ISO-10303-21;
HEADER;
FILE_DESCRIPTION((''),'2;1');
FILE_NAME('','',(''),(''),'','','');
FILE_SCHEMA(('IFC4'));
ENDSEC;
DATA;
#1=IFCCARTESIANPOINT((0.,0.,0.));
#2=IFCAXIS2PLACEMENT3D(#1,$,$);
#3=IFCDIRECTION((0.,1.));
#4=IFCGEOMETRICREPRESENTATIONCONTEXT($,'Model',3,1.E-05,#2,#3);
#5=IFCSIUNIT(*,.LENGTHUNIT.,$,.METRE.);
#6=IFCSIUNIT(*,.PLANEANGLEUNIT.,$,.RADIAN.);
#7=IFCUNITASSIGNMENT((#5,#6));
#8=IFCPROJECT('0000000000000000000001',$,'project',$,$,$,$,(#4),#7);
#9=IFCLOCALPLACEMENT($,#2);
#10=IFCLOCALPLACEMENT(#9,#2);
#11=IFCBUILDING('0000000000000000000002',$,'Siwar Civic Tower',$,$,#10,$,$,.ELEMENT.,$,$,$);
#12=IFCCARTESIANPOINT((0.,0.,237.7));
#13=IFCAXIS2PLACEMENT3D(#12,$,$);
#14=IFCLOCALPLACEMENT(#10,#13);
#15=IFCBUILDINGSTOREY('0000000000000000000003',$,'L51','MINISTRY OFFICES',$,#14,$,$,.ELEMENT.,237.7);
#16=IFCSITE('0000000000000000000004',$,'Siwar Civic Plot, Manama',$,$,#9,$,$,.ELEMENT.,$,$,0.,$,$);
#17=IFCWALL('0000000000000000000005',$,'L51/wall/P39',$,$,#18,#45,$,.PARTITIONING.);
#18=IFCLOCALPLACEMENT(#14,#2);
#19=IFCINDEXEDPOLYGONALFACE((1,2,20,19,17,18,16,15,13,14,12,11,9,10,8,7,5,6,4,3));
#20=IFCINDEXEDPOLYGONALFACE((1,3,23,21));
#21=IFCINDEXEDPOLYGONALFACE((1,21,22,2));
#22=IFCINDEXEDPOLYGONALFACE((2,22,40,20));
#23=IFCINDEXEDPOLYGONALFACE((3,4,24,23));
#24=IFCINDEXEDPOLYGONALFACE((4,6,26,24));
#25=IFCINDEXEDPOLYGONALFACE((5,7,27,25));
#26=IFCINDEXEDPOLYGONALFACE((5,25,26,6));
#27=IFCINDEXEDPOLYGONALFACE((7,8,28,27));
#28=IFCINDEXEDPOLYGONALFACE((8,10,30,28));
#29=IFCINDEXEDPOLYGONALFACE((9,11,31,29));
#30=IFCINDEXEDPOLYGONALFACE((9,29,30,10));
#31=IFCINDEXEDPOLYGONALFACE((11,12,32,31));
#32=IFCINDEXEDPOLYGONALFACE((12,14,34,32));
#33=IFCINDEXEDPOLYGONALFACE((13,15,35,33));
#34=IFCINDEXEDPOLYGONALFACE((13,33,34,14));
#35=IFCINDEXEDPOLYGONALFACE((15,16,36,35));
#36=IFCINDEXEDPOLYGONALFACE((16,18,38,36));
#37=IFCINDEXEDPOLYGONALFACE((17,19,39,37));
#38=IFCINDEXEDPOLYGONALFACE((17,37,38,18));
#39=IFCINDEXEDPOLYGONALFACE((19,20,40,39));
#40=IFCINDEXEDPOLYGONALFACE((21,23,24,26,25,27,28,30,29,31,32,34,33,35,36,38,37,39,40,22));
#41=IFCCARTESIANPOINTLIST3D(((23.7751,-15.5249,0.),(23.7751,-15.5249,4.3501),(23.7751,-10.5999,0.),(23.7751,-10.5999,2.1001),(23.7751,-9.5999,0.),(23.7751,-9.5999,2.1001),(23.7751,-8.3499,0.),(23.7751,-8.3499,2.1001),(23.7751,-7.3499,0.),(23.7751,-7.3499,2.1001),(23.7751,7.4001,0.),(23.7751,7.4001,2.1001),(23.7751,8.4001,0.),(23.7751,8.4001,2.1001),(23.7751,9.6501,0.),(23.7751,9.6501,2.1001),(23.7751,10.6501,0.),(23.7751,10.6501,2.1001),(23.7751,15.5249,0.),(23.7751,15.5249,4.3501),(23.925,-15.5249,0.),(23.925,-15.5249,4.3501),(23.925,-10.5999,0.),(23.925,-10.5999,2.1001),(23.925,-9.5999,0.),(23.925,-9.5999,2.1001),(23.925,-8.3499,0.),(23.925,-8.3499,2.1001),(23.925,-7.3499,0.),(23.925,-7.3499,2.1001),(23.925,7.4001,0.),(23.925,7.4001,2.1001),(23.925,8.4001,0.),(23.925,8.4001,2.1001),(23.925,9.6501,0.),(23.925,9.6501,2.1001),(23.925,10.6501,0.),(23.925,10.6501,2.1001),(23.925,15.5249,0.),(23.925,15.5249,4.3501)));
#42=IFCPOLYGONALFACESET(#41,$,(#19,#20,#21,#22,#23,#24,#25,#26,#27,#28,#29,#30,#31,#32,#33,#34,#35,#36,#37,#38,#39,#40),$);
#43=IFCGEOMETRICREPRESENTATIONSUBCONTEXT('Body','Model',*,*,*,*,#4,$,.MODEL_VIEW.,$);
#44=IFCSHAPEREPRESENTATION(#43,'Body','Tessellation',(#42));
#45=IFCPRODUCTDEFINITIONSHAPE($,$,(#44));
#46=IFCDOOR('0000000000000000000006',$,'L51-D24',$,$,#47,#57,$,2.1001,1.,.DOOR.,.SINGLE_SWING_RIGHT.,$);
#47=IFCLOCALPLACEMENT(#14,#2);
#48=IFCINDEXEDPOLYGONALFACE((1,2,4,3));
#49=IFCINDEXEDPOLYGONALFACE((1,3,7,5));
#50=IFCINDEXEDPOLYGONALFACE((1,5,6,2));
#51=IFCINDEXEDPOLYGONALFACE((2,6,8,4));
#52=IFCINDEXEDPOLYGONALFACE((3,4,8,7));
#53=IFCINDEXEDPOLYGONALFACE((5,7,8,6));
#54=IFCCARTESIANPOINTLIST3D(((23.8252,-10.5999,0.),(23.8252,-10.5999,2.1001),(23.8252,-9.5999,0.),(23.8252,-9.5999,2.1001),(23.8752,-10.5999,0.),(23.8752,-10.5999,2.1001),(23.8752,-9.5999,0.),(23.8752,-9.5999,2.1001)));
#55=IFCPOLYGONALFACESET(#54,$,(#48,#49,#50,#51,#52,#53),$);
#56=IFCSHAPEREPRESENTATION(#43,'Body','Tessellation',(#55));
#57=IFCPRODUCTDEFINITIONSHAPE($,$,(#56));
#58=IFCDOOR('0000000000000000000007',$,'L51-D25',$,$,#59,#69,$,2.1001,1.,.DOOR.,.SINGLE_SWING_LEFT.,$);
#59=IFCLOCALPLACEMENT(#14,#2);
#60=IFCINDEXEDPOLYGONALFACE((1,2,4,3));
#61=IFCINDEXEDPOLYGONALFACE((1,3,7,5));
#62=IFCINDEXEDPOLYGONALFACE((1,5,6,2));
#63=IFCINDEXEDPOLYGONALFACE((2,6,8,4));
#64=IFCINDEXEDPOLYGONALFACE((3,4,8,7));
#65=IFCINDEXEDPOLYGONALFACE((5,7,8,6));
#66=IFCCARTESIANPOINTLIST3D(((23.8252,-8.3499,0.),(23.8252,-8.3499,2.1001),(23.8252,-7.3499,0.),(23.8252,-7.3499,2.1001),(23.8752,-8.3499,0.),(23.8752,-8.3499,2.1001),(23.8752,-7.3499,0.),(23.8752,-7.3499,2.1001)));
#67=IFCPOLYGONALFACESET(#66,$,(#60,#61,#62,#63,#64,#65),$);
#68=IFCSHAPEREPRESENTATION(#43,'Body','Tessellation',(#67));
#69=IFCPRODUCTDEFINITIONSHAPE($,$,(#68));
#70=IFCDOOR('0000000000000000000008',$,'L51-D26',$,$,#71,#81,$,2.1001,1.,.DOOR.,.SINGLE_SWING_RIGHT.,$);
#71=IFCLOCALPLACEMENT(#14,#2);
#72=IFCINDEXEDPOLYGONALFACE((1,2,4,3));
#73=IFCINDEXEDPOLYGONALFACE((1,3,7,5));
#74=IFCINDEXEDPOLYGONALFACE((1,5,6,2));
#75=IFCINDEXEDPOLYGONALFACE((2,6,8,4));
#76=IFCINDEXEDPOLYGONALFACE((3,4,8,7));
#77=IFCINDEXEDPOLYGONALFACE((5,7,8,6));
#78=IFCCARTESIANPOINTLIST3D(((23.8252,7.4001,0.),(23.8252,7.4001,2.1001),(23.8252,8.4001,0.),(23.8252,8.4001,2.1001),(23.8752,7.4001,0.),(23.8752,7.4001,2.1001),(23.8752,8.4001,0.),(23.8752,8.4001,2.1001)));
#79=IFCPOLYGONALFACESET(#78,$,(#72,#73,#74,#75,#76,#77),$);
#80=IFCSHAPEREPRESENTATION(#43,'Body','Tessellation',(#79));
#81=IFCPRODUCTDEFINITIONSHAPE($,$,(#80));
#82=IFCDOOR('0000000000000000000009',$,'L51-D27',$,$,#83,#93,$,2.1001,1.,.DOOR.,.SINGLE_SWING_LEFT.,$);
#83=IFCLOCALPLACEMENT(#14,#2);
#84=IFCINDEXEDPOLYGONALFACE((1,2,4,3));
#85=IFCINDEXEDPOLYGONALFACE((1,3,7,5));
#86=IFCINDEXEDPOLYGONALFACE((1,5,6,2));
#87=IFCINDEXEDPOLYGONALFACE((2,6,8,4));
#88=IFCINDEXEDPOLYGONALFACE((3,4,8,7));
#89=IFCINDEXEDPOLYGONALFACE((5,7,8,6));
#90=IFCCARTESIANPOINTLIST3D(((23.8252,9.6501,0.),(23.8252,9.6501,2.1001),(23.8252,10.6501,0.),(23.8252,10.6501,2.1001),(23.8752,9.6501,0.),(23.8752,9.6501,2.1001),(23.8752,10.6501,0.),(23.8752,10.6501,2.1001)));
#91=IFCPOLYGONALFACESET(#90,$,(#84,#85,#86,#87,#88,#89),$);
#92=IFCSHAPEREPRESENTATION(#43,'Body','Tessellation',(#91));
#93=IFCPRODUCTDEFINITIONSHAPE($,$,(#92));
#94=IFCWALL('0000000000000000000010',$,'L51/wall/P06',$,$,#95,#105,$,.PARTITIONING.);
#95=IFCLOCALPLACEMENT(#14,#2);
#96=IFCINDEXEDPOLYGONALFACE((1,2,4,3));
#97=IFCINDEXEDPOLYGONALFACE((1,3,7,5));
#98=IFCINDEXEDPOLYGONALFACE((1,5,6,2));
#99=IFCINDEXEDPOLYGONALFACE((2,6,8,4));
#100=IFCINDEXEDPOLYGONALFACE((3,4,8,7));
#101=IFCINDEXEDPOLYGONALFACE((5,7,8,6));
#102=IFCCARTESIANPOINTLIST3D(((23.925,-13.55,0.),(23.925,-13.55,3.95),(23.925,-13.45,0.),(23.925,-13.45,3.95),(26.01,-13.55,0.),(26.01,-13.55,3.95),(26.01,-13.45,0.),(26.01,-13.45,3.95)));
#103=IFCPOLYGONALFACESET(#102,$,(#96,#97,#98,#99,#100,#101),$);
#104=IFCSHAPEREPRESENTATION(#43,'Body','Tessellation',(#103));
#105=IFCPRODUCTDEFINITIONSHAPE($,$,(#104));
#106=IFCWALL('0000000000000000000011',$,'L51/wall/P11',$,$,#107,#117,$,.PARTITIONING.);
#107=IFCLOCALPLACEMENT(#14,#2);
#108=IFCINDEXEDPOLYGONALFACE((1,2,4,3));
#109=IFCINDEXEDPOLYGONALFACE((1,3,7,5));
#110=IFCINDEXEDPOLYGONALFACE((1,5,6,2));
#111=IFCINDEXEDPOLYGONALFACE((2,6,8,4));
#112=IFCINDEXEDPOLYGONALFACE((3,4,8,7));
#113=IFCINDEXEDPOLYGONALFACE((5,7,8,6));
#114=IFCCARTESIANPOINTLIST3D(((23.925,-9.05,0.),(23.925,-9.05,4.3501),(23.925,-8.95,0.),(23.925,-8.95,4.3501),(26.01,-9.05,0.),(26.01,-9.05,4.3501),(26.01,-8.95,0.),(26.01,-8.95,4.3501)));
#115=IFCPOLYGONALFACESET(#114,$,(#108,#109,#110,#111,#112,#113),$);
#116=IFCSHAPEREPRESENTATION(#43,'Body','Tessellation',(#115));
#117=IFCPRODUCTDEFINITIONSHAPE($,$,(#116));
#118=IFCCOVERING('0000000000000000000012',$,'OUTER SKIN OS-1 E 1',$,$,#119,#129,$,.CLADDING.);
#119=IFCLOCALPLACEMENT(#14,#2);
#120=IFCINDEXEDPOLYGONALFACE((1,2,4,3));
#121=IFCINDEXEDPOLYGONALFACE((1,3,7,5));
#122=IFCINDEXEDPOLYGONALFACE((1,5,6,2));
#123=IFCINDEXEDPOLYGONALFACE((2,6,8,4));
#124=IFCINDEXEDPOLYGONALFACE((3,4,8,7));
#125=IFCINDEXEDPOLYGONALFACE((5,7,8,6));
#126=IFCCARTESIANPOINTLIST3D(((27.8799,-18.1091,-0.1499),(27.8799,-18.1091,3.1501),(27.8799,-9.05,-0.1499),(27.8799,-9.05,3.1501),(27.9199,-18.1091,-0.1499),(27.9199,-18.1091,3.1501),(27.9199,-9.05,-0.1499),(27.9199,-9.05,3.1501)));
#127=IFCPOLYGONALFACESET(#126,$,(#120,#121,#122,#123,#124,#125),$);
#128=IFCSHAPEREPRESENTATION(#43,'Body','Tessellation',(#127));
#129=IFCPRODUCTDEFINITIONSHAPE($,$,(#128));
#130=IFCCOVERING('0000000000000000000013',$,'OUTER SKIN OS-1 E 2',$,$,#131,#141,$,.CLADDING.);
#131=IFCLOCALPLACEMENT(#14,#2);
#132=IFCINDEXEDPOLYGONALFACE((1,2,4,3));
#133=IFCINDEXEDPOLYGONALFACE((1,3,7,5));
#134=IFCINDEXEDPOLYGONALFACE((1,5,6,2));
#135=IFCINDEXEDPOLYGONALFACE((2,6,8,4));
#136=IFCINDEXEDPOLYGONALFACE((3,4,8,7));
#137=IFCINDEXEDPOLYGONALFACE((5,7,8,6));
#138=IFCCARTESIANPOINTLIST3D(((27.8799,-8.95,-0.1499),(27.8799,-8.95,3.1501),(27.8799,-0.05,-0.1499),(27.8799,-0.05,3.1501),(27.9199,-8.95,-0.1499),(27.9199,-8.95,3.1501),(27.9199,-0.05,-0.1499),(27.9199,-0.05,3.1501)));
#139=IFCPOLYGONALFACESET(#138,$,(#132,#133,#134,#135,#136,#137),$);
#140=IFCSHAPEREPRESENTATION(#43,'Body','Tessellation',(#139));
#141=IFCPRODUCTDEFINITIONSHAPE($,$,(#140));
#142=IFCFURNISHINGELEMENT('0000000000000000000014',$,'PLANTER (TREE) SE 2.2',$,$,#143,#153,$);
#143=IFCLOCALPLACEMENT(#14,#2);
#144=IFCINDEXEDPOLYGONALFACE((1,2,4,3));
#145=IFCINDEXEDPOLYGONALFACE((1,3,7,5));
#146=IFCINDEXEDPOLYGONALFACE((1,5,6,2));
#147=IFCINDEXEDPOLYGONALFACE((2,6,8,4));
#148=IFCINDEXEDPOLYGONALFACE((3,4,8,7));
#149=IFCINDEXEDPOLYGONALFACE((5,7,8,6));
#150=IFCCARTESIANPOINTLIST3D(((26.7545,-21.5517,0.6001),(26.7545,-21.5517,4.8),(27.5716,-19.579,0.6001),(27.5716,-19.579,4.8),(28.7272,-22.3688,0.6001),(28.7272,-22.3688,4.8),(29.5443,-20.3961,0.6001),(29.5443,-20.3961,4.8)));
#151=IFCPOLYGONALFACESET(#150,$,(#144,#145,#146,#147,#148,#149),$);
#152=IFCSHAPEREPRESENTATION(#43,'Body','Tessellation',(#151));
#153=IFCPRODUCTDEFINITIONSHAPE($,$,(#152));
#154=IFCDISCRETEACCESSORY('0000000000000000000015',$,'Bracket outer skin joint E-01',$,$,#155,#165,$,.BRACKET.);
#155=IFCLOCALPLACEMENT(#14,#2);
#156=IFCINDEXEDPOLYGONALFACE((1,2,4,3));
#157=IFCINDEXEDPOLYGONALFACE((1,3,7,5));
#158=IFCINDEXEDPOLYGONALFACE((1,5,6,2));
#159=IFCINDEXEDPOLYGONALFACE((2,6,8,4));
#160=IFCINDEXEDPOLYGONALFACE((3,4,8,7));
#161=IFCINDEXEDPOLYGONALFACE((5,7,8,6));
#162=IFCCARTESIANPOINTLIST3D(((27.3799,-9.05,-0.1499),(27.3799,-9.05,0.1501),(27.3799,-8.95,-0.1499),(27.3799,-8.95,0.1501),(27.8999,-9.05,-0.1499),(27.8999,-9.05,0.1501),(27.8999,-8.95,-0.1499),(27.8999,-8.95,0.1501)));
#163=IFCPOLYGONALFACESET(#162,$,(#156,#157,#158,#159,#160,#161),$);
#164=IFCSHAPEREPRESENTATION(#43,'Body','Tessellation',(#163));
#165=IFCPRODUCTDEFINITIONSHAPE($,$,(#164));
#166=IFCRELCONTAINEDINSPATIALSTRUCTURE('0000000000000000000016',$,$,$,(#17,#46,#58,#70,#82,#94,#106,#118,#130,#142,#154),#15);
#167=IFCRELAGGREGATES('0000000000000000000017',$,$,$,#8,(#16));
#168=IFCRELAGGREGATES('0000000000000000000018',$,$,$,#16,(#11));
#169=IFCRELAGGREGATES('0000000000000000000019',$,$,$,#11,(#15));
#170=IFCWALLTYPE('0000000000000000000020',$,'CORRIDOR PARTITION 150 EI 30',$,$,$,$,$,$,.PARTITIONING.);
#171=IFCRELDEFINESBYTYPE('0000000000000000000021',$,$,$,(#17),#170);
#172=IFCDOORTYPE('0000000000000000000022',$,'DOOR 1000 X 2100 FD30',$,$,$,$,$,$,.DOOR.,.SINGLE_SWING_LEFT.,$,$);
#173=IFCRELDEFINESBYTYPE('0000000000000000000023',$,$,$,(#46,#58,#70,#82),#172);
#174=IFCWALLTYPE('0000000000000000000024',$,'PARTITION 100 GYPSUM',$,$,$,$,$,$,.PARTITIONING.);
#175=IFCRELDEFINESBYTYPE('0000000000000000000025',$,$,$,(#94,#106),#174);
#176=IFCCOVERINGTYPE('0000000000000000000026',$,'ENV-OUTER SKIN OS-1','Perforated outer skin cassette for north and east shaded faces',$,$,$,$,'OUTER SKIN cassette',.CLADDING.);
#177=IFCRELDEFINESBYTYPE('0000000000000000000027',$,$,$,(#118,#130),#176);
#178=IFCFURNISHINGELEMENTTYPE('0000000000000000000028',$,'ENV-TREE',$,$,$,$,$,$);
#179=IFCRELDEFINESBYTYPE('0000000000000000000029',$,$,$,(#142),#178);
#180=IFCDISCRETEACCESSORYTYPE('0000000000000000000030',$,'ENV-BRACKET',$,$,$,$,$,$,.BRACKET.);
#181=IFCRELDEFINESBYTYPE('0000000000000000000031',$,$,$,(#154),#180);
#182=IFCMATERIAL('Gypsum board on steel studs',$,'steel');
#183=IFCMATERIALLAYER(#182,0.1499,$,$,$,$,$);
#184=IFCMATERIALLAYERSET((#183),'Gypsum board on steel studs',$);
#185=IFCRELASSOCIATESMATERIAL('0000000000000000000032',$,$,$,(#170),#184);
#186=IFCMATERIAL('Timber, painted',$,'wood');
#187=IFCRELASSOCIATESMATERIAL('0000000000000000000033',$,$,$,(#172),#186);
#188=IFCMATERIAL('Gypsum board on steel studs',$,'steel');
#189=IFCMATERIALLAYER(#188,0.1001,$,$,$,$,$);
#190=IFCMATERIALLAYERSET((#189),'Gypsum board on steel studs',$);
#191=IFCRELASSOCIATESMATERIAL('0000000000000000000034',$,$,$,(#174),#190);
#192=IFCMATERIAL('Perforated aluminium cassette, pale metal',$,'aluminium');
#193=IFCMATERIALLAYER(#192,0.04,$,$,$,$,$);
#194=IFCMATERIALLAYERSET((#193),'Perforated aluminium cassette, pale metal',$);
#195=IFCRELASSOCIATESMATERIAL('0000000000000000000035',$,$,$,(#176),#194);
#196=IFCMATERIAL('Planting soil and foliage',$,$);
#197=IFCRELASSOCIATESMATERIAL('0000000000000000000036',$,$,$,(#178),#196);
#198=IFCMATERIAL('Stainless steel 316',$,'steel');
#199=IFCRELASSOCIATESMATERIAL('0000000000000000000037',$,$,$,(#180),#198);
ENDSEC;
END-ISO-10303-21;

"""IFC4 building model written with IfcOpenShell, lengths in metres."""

from ifc_helpers import new_model, si_unit, direction, frame, frame_2d, origin, origin_2d, place, context, subcontext, project, spatial, rectangle, extrude, material, layer, layer_set, type_object, element, fill, save


model = new_model("IFC4")

# Units and contexts
model_context = context("Model", 3, precision=1e-05, world=origin(), true_north=direction((0.0, 1.0)))
body_context = subcontext(model_context, "Body", "Model", "MODEL_VIEW")
ifc_project = project(units=[si_unit("LENGTHUNIT", "METRE"), si_unit("PLANEANGLEUNIT", "RADIAN")], contexts=[model_context])

# Site, building, storey
site_placement = place(None, origin())
site = spatial("IfcSite", under=ifc_project, at=site_placement, Name="Siwar Civic Plot, Manama", CompositionType="ELEMENT", RefElevation=0.0)
building_placement = place(site_placement, origin())
building = spatial("IfcBuilding", under=site, at=building_placement, Name="Siwar Civic Tower", CompositionType="ELEMENT")
storey_placement = place(building_placement, frame((0.0, 0.0, 237.7)))
storey = spatial("IfcBuildingStorey", under=building, at=storey_placement, Name="L51", Description="MINISTRY OFFICES", CompositionType="ELEMENT", Elevation=237.7)

# Wall, openings, doors
ifc_material_1 = material(Name="Gypsum board on steel studs", Category="steel")
ifc_layer_1 = layer(ifc_material_1, 0.1499)
ifc_layer_set_1 = layer_set([ifc_layer_1], Name="Gypsum board on steel studs")
wall_type_1 = type_object("IfcWallType", Name="CORRIDOR PARTITION 150 EI 30", PredefinedType="PARTITIONING", material=ifc_layer_set_1)
wall_1_placement = place(storey_placement, frame((23.8501, -15.5249, 0.0), z_axis=(0.0, 0.0, 1.0), x_axis=(0.0, 1.0, 0.0)))
wall_1 = element("IfcWall", 1, at=wall_1_placement, inside=storey, type_object=wall_type_1, Name="L51/wall/P39", PredefinedType="PARTITIONING", context=body_context, shape_type="SweptSolid", body=[
    extrude(rectangle(XDim=31.0498, YDim=0.1499, at=frame_2d((15.5249, 0.0))), origin(), (0.0, 0.0, 1.0), 4.3501),
])
opening_1_placement = place(wall_1_placement, frame((4.925, 0.0, 0.0)))
opening_1 = element("IfcOpeningElement", 2, at=opening_1_placement, cuts=wall_1, PredefinedType="OPENING", context=body_context, shape_type="SweptSolid", body=[
    extrude(rectangle(XDim=1.0, YDim=2.1001, at=frame_2d((0.5, 1.05))), frame((0.0, 0.085, 0.0), z_axis=(0.0, -1.0, 0.0), x_axis=(1.0, 0.0, 0.0)), (0.0, 0.0, 1.0), 0.1699),
])
opening_2_placement = place(wall_1_placement, frame((7.175, 0.0, 0.0)))
opening_2 = element("IfcOpeningElement", 3, at=opening_2_placement, cuts=wall_1, PredefinedType="OPENING", context=body_context, shape_type="SweptSolid", body=[
    extrude(rectangle(XDim=1.0, YDim=2.1001, at=frame_2d((0.5, 1.05))), frame((0.0, 0.085, 0.0), z_axis=(0.0, -1.0, 0.0), x_axis=(1.0, 0.0, 0.0)), (0.0, 0.0, 1.0), 0.1699),
])
opening_3_placement = place(wall_1_placement, frame((22.925, 0.0, 0.0)))
opening_3 = element("IfcOpeningElement", 4, at=opening_3_placement, cuts=wall_1, PredefinedType="OPENING", context=body_context, shape_type="SweptSolid", body=[
    extrude(rectangle(XDim=1.0, YDim=2.1001, at=frame_2d((0.5, 1.05))), frame((0.0, 0.085, 0.0), z_axis=(0.0, -1.0, 0.0), x_axis=(1.0, 0.0, 0.0)), (0.0, 0.0, 1.0), 0.1699),
])
opening_4_placement = place(wall_1_placement, frame((25.175, 0.0, 0.0)))
opening_4 = element("IfcOpeningElement", 5, at=opening_4_placement, cuts=wall_1, PredefinedType="OPENING", context=body_context, shape_type="SweptSolid", body=[
    extrude(rectangle(XDim=1.0, YDim=2.1001, at=frame_2d((0.5, 1.05))), frame((0.0, 0.085, 0.0), z_axis=(0.0, -1.0, 0.0), x_axis=(1.0, 0.0, 0.0)), (0.0, 0.0, 1.0), 0.1699),
])
ifc_material_2 = material(Name="Timber, painted", Category="wood")
door_type_1 = type_object("IfcDoorType", Name="DOOR 1000 X 2100 FD30", OperationType="SINGLE_SWING_LEFT", PredefinedType="DOOR", material=ifc_material_2)
door_1_placement = place(opening_1_placement, origin())
door_1 = element("IfcDoor", 6, at=door_1_placement, inside=storey, type_object=door_type_1, Name="L51-D24", OperationType="SINGLE_SWING_RIGHT", OverallHeight=2.1001, OverallWidth=1.0, PredefinedType="DOOR", context=body_context, shape_type="SweptSolid", body=[
    extrude(rectangle(XDim=1.0, YDim=2.1001, at=frame_2d((0.5, 1.05))), frame((0.0, 0.0249, 0.0), z_axis=(0.0, -1.0, 0.0), x_axis=(1.0, 0.0, 0.0)), (0.0, 0.0, 1.0), 0.05),
])
fill(opening_1, door_1)
door_2_placement = place(opening_2_placement, origin())
door_2 = element("IfcDoor", 7, at=door_2_placement, inside=storey, type_object=door_type_1, Name="L51-D25", OperationType="SINGLE_SWING_LEFT", OverallHeight=2.1001, OverallWidth=1.0, PredefinedType="DOOR", context=body_context, shape_type="SweptSolid", body=[
    extrude(rectangle(XDim=1.0, YDim=2.1001, at=frame_2d((0.5, 1.05))), frame((0.0, 0.0249, 0.0), z_axis=(0.0, -1.0, 0.0), x_axis=(1.0, 0.0, 0.0)), (0.0, 0.0, 1.0), 0.05),
])
fill(opening_2, door_2)
door_3_placement = place(opening_3_placement, origin())
door_3 = element("IfcDoor", 8, at=door_3_placement, inside=storey, type_object=door_type_1, Name="L51-D26", OperationType="SINGLE_SWING_RIGHT", OverallHeight=2.1001, OverallWidth=1.0, PredefinedType="DOOR", context=body_context, shape_type="SweptSolid", body=[
    extrude(rectangle(XDim=1.0, YDim=2.1001, at=frame_2d((0.5, 1.05))), frame((0.0, 0.0249, 0.0), z_axis=(0.0, -1.0, 0.0), x_axis=(1.0, 0.0, 0.0)), (0.0, 0.0, 1.0), 0.05),
])
fill(opening_3, door_3)
door_4_placement = place(opening_4_placement, origin())
door_4 = element("IfcDoor", 9, at=door_4_placement, inside=storey, type_object=door_type_1, Name="L51-D27", OperationType="SINGLE_SWING_LEFT", OverallHeight=2.1001, OverallWidth=1.0, PredefinedType="DOOR", context=body_context, shape_type="SweptSolid", body=[
    extrude(rectangle(XDim=1.0, YDim=2.1001, at=frame_2d((0.5, 1.05))), frame((0.0, 0.0249, 0.0), z_axis=(0.0, -1.0, 0.0), x_axis=(1.0, 0.0, 0.0)), (0.0, 0.0, 1.0), 0.05),
])
fill(opening_4, door_4)

# Walls
ifc_material_3 = material(Name="Gypsum board on steel studs", Category="steel")
ifc_layer_2 = layer(ifc_material_3, 0.1001)
ifc_layer_set_2 = layer_set([ifc_layer_2], Name="Gypsum board on steel studs")
wall_type_2 = type_object("IfcWallType", Name="PARTITION 100 GYPSUM", PredefinedType="PARTITIONING", material=ifc_layer_set_2)
wall_2_placement = place(storey_placement, frame((23.925, -13.5, 0.0), z_axis=(0.0, 0.0, 1.0), x_axis=(1.0, 0.0, 0.0)))
element("IfcWall", 10, at=wall_2_placement, inside=storey, type_object=wall_type_2, Name="L51/wall/P06", PredefinedType="PARTITIONING", context=body_context, shape_type="SweptSolid", body=[
    extrude(rectangle(XDim=2.085, YDim=0.1001, at=frame_2d((1.0425, 0.0))), origin(), (0.0, 0.0, 1.0), 3.95),
])
wall_3_placement = place(storey_placement, frame((23.925, -9.0, 0.0), z_axis=(0.0, 0.0, 1.0), x_axis=(1.0, 0.0, 0.0)))
element("IfcWall", 11, at=wall_3_placement, inside=storey, type_object=wall_type_2, Name="L51/wall/P11", PredefinedType="PARTITIONING", context=body_context, shape_type="SweptSolid", body=[
    extrude(rectangle(XDim=2.085, YDim=0.1001, at=frame_2d((1.0425, 0.0))), origin(), (0.0, 0.0, 1.0), 4.3501),
])

# Coverings
ifc_material_4 = material(Name="Perforated aluminium cassette, pale metal", Category="aluminium")
ifc_layer_3 = layer(ifc_material_4, 0.04)
ifc_layer_set_3 = layer_set([ifc_layer_3], Name="Perforated aluminium cassette, pale metal")
covering_type = type_object("IfcCoveringType", Name="ENV-OUTER SKIN OS-1", Description="Perforated outer skin cassette for north and east shaded faces", ElementType="OUTER SKIN cassette", PredefinedType="CLADDING", material=ifc_layer_set_3)
covering_1_placement = place(storey_placement, frame((27.8999, -13.5796, -0.1499), z_axis=(0.0, 0.0, 1.0), x_axis=(0.0, 1.0, 0.0)))
element("IfcCovering", 12, at=covering_1_placement, inside=storey, type_object=covering_type, Name="OUTER SKIN OS-1 E 1", PredefinedType="CLADDING", context=body_context, shape_type="SweptSolid", body=[
    extrude(rectangle(XDim=9.0591, YDim=0.04, at=origin_2d()), origin(), (0.0, 0.0, 1.0), 3.3),
])
covering_2_placement = place(storey_placement, frame((27.8999, -4.5, -0.1499), z_axis=(0.0, 0.0, 1.0), x_axis=(0.0, 1.0, 0.0)))
element("IfcCovering", 13, at=covering_2_placement, inside=storey, type_object=covering_type, Name="OUTER SKIN OS-1 E 2", PredefinedType="CLADDING", context=body_context, shape_type="SweptSolid", body=[
    extrude(rectangle(XDim=8.8999, YDim=0.04, at=origin_2d()), origin(), (0.0, 0.0, 1.0), 3.3),
])

# Furnishing element
ifc_material_5 = material(Name="Planting soil and foliage")
furnishing_element_type = type_object("IfcFurnishingElementType", Name="ENV-TREE", material=ifc_material_5)
furnishing_placement = place(storey_placement, frame((28.1494, -20.9739, 0.6001), z_axis=(0.0, 0.0, 1.0), x_axis=(0.382683, 0.92388, 0.0)))
element("IfcFurnishingElement", 14, at=furnishing_placement, inside=storey, type_object=furnishing_element_type, Name="PLANTER (TREE) SE 2.2", context=body_context, shape_type="SweptSolid", body=[
    extrude(rectangle(XDim=2.1353, YDim=2.1353, at=origin_2d()), origin(), (0.0, 0.0, 1.0), 4.2),
])

# Discrete accessory
ifc_material_6 = material(Name="Stainless steel 316", Category="steel")
discrete_accessory_type_1 = type_object("IfcDiscreteAccessoryType", Name="ENV-BRACKET", PredefinedType="BRACKET", material=ifc_material_6)
discrete_accessory_1_placement = place(storey_placement, frame((27.6399, -9.0, -0.1499), z_axis=(0.0, 0.0, 1.0), x_axis=(1.0, 0.0, 0.0)))
element("IfcDiscreteAccessory", 15, at=discrete_accessory_1_placement, inside=storey, type_object=discrete_accessory_type_1, Name="Bracket outer skin joint E-01", PredefinedType="BRACKET", context=body_context, shape_type="SweptSolid", body=[
    extrude(rectangle(XDim=0.52, YDim=0.1001, at=origin_2d()), origin(), (0.0, 0.0, 1.0), 0.3),
])

save(model, "model.ifc")
